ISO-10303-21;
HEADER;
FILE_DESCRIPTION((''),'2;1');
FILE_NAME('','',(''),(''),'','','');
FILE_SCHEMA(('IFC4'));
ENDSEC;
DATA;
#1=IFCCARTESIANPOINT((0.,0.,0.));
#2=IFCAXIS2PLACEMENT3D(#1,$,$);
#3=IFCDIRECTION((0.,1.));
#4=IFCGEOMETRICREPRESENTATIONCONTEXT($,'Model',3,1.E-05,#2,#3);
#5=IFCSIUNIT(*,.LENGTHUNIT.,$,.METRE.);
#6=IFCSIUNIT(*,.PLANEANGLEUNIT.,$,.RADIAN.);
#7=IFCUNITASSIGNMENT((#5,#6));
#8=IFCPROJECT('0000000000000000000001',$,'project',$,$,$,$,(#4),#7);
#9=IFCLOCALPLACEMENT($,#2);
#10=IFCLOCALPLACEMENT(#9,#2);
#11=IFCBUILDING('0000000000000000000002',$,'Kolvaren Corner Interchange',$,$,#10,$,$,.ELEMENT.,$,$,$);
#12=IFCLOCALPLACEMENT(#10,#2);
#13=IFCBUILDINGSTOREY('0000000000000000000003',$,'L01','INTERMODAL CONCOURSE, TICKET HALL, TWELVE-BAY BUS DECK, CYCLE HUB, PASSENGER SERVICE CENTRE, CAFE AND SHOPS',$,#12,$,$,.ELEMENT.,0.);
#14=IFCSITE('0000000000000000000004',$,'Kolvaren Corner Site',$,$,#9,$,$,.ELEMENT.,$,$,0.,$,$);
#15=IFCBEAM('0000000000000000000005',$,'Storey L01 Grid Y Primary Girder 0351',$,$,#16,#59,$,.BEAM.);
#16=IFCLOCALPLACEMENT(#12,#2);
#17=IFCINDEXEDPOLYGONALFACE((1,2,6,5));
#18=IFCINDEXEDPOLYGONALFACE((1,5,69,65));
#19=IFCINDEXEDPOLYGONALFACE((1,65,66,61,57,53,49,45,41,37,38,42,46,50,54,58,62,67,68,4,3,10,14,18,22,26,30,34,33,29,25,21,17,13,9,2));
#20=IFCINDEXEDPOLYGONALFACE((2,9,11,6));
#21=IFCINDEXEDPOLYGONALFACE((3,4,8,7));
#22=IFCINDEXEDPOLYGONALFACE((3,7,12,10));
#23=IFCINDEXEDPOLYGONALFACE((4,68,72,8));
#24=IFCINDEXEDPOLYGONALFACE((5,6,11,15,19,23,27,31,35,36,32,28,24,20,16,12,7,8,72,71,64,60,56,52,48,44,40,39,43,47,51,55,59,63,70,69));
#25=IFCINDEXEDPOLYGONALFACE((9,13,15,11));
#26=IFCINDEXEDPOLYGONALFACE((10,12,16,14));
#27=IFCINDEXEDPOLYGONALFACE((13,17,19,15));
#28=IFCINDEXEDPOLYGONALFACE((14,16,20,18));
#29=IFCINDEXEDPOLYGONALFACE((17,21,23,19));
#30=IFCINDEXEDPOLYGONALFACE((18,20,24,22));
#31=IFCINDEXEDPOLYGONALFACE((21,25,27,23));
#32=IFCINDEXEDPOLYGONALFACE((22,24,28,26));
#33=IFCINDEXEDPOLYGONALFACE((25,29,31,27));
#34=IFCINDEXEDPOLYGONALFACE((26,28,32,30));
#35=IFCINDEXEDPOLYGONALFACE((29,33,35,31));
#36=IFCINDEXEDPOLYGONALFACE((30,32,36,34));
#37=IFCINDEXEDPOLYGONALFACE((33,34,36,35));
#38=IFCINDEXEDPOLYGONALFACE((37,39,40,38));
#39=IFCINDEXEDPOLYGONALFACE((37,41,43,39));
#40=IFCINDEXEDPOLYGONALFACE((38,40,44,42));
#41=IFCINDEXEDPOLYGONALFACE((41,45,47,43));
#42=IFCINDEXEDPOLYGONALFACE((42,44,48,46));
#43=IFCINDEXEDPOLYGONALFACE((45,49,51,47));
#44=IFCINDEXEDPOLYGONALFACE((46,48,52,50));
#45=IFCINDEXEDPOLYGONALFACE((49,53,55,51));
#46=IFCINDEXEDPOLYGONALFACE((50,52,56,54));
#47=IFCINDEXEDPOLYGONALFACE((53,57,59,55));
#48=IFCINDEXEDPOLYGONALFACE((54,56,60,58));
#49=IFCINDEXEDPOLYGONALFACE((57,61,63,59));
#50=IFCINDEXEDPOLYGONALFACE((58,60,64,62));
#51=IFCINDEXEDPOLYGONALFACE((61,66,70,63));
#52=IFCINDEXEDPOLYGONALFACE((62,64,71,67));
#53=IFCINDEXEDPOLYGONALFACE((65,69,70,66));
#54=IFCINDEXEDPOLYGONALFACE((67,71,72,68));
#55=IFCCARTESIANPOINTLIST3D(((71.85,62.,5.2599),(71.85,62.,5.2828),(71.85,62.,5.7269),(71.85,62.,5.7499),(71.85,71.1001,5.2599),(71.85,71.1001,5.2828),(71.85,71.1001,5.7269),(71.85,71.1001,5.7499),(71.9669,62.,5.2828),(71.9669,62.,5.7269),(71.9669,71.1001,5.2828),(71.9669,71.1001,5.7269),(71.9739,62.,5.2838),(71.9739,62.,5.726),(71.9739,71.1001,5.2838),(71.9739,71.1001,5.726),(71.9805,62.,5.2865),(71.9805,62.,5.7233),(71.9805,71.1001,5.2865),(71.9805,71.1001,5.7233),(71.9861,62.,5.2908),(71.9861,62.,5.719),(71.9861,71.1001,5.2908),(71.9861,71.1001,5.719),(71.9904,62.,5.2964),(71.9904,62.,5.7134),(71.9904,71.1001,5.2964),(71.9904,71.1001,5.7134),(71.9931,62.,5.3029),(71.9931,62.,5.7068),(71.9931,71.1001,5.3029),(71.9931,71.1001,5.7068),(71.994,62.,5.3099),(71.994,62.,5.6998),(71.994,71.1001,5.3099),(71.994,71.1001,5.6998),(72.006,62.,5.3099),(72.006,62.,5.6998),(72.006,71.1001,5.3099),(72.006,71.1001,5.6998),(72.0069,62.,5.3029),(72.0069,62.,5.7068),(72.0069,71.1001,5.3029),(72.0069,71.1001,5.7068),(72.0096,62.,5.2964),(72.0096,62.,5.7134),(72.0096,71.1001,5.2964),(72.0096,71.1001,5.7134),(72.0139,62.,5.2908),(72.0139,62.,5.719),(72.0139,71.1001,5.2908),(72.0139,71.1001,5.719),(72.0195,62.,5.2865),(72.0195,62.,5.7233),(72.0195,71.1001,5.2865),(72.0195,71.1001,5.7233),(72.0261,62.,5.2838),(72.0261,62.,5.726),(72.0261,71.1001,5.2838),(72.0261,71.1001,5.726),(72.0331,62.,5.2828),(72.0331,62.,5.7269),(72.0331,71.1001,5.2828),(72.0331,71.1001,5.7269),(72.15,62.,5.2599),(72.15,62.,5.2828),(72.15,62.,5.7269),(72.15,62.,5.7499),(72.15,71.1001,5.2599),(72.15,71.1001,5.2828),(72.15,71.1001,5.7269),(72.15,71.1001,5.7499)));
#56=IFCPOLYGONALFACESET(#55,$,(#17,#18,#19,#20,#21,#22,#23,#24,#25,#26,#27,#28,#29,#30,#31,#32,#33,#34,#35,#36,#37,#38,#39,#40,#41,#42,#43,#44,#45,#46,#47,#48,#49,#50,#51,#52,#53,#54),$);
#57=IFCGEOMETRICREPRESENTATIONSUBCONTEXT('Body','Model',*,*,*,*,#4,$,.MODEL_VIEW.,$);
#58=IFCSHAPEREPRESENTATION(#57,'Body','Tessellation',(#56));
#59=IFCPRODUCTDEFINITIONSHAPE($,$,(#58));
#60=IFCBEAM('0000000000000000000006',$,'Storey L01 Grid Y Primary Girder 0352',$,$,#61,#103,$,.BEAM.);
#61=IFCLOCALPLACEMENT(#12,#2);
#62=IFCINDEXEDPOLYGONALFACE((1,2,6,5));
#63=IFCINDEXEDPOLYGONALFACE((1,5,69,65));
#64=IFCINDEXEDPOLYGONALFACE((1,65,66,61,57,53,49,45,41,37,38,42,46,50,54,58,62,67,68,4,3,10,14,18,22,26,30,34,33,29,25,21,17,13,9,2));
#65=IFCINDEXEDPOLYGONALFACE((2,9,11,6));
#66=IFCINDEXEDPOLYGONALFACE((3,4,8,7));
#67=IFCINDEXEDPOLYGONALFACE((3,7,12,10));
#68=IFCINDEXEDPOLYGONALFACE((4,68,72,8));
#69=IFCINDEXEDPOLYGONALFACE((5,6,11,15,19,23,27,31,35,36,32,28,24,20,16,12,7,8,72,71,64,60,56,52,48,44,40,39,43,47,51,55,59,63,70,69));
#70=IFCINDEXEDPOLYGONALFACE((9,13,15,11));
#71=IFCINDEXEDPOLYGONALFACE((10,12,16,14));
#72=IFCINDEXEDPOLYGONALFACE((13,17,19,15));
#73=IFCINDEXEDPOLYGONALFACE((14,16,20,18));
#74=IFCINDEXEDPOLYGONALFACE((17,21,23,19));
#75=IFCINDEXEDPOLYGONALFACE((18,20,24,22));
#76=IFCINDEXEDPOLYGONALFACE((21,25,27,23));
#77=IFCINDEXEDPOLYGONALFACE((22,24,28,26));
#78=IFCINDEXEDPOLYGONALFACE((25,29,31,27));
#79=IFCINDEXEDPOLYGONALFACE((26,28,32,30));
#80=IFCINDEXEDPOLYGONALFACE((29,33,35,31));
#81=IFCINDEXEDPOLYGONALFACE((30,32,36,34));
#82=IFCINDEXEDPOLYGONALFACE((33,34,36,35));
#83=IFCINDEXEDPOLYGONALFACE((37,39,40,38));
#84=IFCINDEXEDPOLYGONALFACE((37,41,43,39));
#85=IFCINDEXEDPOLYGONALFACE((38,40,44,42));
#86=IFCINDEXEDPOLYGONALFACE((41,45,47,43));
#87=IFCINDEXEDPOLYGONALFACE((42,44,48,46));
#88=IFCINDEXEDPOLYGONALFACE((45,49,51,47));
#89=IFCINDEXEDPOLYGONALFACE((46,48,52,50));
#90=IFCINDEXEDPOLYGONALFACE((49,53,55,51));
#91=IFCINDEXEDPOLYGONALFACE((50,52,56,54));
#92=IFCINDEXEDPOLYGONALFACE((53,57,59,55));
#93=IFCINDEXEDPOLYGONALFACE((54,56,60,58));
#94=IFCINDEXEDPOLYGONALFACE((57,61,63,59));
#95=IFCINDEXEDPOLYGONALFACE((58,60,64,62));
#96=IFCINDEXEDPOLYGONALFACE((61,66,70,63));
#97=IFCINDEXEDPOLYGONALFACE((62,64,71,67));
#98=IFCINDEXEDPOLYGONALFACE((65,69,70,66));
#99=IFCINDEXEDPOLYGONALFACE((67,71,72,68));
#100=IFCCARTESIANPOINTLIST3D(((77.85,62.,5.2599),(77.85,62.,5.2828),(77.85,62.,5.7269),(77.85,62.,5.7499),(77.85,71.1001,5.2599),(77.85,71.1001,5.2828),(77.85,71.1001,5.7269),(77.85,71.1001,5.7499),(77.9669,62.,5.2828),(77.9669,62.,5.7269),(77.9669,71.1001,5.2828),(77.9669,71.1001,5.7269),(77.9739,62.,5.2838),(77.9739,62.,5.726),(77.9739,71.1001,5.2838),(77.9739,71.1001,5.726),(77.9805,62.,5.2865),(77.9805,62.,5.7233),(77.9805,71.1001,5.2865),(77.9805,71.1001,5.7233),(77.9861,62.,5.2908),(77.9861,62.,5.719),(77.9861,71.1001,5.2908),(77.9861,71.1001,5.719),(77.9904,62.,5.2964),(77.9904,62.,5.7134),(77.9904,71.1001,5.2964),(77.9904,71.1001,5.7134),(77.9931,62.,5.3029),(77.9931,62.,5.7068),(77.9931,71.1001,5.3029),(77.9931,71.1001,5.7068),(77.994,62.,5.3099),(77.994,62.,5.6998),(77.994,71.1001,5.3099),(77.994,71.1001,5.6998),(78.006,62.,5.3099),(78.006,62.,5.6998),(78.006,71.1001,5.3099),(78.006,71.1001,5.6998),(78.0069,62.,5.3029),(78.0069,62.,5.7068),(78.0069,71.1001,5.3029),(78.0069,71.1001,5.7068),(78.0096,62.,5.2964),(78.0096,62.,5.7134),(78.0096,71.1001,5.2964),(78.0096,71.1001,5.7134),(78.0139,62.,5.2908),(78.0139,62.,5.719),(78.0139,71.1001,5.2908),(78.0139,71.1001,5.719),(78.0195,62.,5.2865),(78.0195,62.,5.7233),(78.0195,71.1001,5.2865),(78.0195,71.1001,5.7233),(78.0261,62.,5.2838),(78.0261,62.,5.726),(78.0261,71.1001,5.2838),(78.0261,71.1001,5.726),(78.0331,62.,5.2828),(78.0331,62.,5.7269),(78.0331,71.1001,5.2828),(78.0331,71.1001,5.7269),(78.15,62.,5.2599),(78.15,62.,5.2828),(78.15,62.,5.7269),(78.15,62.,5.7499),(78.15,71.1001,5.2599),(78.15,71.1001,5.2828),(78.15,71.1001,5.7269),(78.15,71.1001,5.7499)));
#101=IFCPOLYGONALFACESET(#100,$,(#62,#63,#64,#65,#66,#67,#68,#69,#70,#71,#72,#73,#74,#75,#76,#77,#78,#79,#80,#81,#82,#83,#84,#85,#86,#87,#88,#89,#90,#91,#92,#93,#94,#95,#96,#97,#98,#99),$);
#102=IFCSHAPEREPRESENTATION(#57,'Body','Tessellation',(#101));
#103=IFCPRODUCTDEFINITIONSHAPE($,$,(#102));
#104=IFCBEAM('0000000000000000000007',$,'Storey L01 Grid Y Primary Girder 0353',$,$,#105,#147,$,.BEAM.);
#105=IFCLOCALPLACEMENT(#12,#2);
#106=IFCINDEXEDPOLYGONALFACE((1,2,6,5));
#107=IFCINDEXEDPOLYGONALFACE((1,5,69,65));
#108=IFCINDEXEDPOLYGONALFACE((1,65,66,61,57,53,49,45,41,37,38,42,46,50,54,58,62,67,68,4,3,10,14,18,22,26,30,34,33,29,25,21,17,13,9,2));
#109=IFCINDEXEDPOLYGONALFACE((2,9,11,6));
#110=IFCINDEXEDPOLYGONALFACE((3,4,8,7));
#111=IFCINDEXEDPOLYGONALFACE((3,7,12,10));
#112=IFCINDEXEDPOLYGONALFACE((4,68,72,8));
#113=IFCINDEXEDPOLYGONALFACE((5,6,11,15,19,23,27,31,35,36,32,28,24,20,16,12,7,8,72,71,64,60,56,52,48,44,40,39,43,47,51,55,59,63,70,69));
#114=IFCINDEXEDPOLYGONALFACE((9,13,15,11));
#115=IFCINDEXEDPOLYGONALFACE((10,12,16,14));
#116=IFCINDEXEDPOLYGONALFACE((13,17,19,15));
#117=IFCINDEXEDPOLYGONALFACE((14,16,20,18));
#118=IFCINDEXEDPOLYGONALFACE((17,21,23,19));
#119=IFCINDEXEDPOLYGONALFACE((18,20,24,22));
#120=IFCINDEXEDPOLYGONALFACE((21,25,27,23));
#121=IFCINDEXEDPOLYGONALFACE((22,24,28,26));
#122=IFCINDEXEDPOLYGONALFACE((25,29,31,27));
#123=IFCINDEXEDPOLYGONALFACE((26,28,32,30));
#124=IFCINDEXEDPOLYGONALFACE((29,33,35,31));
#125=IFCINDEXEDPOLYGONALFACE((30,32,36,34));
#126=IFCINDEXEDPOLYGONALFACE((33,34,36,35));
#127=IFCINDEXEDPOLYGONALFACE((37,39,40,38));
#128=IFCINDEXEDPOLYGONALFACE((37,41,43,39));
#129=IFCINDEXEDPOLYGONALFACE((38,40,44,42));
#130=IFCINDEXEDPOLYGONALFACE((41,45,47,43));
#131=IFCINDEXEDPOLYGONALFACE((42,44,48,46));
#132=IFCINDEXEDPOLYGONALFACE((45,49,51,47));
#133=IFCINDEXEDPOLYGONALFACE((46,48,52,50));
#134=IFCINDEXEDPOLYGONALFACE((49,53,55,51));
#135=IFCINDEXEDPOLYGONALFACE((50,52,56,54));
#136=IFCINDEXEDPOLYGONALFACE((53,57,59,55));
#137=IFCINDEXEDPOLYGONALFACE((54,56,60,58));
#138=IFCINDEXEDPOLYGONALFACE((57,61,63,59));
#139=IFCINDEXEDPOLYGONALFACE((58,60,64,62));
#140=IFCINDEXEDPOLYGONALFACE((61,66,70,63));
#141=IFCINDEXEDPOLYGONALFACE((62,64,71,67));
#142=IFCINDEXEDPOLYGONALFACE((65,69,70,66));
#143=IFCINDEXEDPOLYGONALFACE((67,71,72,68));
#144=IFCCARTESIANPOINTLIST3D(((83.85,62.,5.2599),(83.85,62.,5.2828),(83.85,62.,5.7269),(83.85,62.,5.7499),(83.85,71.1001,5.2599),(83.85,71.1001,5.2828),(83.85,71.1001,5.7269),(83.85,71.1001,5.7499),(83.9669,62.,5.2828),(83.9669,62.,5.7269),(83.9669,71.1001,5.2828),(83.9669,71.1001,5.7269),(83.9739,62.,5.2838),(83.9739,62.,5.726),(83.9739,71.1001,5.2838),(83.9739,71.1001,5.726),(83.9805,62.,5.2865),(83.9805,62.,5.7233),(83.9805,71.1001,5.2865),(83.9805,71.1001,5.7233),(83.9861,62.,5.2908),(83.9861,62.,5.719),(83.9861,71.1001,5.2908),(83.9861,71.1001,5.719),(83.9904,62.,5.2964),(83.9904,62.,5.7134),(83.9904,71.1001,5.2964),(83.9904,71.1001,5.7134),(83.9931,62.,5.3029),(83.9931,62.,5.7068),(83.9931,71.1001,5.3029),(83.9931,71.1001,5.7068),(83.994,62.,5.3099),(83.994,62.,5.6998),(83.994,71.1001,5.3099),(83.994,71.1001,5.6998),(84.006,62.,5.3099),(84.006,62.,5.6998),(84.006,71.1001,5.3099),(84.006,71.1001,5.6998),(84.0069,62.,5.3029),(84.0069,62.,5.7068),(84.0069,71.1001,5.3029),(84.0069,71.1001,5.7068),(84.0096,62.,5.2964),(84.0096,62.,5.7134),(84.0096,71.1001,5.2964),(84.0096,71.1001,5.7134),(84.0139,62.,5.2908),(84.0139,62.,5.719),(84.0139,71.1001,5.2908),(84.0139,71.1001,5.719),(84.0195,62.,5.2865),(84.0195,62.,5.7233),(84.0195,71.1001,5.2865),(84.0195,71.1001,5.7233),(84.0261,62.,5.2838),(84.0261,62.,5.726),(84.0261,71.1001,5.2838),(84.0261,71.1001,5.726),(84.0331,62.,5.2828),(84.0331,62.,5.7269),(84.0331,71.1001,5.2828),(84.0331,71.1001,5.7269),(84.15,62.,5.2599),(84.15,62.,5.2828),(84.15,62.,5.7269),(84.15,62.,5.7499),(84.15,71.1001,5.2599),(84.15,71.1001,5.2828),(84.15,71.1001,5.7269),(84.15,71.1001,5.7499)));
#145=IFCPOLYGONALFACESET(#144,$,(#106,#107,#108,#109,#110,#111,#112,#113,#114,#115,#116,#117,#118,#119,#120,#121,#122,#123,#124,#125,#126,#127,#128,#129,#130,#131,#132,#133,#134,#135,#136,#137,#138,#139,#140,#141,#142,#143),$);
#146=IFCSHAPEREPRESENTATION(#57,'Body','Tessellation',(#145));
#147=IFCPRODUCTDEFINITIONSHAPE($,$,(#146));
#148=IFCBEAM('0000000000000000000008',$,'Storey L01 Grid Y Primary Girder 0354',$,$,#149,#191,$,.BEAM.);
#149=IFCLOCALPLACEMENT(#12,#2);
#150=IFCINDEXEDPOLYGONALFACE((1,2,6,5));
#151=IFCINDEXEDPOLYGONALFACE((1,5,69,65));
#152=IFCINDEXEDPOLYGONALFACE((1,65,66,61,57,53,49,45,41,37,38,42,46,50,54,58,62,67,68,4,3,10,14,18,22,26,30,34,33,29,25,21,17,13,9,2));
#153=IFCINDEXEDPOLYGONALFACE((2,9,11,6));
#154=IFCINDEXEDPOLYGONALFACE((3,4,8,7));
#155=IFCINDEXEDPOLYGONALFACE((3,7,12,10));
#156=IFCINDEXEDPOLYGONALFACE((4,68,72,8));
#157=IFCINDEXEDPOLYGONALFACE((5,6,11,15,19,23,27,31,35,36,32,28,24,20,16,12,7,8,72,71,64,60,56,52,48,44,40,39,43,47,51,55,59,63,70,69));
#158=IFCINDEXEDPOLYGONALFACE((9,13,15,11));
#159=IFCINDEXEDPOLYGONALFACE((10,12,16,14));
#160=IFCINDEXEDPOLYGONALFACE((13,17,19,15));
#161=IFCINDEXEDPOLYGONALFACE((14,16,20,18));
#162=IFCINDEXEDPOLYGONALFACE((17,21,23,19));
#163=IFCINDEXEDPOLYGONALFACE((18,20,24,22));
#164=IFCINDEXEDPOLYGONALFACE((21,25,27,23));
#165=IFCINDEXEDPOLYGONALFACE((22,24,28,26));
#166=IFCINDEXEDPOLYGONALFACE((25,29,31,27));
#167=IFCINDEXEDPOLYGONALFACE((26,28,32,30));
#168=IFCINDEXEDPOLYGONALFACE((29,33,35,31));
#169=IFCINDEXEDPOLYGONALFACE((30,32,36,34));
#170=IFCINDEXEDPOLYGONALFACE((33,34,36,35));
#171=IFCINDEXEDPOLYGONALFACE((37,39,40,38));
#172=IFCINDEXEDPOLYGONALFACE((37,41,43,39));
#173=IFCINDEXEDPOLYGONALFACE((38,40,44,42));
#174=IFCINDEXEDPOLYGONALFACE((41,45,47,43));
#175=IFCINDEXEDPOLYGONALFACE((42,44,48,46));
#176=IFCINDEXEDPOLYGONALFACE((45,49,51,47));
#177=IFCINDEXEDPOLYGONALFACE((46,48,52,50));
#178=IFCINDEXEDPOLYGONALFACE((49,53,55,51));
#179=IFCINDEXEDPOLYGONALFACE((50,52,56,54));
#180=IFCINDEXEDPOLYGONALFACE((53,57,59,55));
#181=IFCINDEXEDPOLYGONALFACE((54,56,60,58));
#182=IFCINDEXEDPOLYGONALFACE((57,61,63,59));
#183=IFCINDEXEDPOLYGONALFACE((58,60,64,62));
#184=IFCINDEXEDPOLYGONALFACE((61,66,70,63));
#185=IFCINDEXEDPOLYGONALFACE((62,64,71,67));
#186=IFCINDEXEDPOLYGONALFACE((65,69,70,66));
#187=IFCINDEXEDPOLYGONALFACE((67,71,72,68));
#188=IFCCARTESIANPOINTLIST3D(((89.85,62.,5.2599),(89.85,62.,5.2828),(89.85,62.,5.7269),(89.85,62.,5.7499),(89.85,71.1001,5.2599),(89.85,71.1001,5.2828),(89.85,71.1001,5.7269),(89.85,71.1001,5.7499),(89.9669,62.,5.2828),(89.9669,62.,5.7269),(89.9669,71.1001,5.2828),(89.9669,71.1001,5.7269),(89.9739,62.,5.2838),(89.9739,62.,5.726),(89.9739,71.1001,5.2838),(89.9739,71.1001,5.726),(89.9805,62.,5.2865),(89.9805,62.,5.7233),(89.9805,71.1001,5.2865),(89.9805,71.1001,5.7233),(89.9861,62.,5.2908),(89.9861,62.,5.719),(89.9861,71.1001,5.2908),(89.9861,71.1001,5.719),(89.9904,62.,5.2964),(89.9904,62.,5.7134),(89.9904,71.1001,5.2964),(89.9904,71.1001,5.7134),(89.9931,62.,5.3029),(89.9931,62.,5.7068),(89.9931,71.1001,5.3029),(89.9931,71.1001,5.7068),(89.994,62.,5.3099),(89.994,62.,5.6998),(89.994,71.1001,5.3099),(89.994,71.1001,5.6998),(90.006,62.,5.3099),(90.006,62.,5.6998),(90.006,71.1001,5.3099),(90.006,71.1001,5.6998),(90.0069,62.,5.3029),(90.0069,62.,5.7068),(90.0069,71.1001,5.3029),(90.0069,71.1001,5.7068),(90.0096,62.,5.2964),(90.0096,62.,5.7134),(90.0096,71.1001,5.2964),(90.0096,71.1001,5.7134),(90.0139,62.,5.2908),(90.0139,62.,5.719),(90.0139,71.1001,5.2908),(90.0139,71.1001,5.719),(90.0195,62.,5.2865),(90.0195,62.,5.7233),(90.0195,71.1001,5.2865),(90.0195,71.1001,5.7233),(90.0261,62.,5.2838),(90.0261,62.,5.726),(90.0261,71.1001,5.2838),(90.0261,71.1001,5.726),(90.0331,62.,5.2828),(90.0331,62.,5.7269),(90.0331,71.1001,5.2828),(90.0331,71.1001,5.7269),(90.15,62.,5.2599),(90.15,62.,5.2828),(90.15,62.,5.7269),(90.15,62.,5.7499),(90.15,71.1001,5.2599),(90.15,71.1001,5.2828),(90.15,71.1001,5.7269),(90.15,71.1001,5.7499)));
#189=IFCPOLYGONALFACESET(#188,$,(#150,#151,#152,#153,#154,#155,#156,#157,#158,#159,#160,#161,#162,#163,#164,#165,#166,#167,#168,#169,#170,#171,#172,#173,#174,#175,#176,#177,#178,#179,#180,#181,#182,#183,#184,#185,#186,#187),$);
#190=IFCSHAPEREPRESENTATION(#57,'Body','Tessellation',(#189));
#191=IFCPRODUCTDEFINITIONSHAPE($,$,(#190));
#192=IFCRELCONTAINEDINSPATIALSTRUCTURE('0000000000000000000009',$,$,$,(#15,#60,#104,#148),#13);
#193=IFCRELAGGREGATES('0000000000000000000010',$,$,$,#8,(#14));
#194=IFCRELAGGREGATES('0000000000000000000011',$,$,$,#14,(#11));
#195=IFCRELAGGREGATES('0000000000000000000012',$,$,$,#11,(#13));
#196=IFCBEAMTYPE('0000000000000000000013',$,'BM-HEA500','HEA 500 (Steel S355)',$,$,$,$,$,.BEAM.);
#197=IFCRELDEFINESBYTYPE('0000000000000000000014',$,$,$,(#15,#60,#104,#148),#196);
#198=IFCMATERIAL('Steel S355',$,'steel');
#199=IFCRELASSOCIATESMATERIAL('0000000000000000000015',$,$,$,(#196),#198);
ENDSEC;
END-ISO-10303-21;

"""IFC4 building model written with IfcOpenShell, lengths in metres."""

from ifc_helpers import new_model, si_unit, direction, frame, origin, origin_2d, place, context, subcontext, project, spatial, i_section, extrude, material, material_profile, profile_set, type_object, element, save


model = new_model("IFC4")

# Units and contexts
model_context = context("Model", 3, precision=1e-05, world=origin(), true_north=direction((0.0, 1.0)))
body_context = subcontext(model_context, "Body", "Model", "MODEL_VIEW")
ifc_project = project(units=[si_unit("LENGTHUNIT", "METRE"), si_unit("PLANEANGLEUNIT", "RADIAN")], contexts=[model_context])

# Site, building, storey
site_placement = place(None, origin())
site = spatial("IfcSite", under=ifc_project, at=site_placement, Name="Kolvaren Corner Site", CompositionType="ELEMENT", RefElevation=0.0)
building_placement = place(site_placement, origin())
building = spatial("IfcBuilding", under=site, at=building_placement, Name="Kolvaren Corner Interchange", CompositionType="ELEMENT")
storey_placement = place(building_placement, origin())
storey = spatial("IfcBuildingStorey", under=building, at=storey_placement, Name="L01", Description="INTERMODAL CONCOURSE, TICKET HALL, TWELVE-BAY BUS DECK, CYCLE HUB, PASSENGER SERVICE CENTRE, CAFE AND SHOPS", CompositionType="ELEMENT", Elevation=0.0)

# Beams
ifc_material_1 = material(Name="Steel S355", Category="steel")
ifc_material_profile_1 = material_profile(ifc_material_1, i_section(OverallWidth=0.3, OverallDepth=0.49, WebThickness=0.012, FlangeThickness=0.0229, FilletRadius=0.0271, at=origin_2d()), Name="HEA 500")
ifc_profile_set_1 = profile_set([ifc_material_profile_1], Name="Steel S355")
beam_type_1 = type_object("IfcBeamType", Name="BM-HEA500", Description="HEA 500 (Steel S355)", PredefinedType="BEAM", material=ifc_profile_set_1)
for number, where, z_axis, x_axis, name in (
    (1, (72.0, 62.0, 5.5049), (0.0, 1.0, 0.0), (-1.0, 0.0, 0.0), "Storey L01 Grid Y Primary Girder 0351"),
    (2, (78.0, 62.0, 5.5049), (0.0, 1.0, 0.0), (-1.0, 0.0, 0.0), "Storey L01 Grid Y Primary Girder 0352"),
    (3, (84.0, 62.0, 5.5049), (0.0, 1.0, 0.0), (-1.0, 0.0, 0.0), "Storey L01 Grid Y Primary Girder 0353"),
    (4, (90.0, 62.0, 5.5049), (0.0, 1.0, 0.0), (-1.0, 0.0, 0.0), "Storey L01 Grid Y Primary Girder 0354"),
):
    element("IfcBeam", number, at=place(storey_placement, frame(where, z_axis=z_axis, x_axis=x_axis)), inside=storey, type_object=beam_type_1, Name=name, PredefinedType="BEAM", context=body_context, shape_type="SweptSolid", body=[
        extrude(i_section(OverallWidth=0.3, OverallDepth=0.49, WebThickness=0.012, FlangeThickness=0.0229, FilletRadius=0.0271, at=origin_2d()), origin(), (0.0, 0.0, 1.0), 9.1001),
    ])

save(model, "model.ifc")
